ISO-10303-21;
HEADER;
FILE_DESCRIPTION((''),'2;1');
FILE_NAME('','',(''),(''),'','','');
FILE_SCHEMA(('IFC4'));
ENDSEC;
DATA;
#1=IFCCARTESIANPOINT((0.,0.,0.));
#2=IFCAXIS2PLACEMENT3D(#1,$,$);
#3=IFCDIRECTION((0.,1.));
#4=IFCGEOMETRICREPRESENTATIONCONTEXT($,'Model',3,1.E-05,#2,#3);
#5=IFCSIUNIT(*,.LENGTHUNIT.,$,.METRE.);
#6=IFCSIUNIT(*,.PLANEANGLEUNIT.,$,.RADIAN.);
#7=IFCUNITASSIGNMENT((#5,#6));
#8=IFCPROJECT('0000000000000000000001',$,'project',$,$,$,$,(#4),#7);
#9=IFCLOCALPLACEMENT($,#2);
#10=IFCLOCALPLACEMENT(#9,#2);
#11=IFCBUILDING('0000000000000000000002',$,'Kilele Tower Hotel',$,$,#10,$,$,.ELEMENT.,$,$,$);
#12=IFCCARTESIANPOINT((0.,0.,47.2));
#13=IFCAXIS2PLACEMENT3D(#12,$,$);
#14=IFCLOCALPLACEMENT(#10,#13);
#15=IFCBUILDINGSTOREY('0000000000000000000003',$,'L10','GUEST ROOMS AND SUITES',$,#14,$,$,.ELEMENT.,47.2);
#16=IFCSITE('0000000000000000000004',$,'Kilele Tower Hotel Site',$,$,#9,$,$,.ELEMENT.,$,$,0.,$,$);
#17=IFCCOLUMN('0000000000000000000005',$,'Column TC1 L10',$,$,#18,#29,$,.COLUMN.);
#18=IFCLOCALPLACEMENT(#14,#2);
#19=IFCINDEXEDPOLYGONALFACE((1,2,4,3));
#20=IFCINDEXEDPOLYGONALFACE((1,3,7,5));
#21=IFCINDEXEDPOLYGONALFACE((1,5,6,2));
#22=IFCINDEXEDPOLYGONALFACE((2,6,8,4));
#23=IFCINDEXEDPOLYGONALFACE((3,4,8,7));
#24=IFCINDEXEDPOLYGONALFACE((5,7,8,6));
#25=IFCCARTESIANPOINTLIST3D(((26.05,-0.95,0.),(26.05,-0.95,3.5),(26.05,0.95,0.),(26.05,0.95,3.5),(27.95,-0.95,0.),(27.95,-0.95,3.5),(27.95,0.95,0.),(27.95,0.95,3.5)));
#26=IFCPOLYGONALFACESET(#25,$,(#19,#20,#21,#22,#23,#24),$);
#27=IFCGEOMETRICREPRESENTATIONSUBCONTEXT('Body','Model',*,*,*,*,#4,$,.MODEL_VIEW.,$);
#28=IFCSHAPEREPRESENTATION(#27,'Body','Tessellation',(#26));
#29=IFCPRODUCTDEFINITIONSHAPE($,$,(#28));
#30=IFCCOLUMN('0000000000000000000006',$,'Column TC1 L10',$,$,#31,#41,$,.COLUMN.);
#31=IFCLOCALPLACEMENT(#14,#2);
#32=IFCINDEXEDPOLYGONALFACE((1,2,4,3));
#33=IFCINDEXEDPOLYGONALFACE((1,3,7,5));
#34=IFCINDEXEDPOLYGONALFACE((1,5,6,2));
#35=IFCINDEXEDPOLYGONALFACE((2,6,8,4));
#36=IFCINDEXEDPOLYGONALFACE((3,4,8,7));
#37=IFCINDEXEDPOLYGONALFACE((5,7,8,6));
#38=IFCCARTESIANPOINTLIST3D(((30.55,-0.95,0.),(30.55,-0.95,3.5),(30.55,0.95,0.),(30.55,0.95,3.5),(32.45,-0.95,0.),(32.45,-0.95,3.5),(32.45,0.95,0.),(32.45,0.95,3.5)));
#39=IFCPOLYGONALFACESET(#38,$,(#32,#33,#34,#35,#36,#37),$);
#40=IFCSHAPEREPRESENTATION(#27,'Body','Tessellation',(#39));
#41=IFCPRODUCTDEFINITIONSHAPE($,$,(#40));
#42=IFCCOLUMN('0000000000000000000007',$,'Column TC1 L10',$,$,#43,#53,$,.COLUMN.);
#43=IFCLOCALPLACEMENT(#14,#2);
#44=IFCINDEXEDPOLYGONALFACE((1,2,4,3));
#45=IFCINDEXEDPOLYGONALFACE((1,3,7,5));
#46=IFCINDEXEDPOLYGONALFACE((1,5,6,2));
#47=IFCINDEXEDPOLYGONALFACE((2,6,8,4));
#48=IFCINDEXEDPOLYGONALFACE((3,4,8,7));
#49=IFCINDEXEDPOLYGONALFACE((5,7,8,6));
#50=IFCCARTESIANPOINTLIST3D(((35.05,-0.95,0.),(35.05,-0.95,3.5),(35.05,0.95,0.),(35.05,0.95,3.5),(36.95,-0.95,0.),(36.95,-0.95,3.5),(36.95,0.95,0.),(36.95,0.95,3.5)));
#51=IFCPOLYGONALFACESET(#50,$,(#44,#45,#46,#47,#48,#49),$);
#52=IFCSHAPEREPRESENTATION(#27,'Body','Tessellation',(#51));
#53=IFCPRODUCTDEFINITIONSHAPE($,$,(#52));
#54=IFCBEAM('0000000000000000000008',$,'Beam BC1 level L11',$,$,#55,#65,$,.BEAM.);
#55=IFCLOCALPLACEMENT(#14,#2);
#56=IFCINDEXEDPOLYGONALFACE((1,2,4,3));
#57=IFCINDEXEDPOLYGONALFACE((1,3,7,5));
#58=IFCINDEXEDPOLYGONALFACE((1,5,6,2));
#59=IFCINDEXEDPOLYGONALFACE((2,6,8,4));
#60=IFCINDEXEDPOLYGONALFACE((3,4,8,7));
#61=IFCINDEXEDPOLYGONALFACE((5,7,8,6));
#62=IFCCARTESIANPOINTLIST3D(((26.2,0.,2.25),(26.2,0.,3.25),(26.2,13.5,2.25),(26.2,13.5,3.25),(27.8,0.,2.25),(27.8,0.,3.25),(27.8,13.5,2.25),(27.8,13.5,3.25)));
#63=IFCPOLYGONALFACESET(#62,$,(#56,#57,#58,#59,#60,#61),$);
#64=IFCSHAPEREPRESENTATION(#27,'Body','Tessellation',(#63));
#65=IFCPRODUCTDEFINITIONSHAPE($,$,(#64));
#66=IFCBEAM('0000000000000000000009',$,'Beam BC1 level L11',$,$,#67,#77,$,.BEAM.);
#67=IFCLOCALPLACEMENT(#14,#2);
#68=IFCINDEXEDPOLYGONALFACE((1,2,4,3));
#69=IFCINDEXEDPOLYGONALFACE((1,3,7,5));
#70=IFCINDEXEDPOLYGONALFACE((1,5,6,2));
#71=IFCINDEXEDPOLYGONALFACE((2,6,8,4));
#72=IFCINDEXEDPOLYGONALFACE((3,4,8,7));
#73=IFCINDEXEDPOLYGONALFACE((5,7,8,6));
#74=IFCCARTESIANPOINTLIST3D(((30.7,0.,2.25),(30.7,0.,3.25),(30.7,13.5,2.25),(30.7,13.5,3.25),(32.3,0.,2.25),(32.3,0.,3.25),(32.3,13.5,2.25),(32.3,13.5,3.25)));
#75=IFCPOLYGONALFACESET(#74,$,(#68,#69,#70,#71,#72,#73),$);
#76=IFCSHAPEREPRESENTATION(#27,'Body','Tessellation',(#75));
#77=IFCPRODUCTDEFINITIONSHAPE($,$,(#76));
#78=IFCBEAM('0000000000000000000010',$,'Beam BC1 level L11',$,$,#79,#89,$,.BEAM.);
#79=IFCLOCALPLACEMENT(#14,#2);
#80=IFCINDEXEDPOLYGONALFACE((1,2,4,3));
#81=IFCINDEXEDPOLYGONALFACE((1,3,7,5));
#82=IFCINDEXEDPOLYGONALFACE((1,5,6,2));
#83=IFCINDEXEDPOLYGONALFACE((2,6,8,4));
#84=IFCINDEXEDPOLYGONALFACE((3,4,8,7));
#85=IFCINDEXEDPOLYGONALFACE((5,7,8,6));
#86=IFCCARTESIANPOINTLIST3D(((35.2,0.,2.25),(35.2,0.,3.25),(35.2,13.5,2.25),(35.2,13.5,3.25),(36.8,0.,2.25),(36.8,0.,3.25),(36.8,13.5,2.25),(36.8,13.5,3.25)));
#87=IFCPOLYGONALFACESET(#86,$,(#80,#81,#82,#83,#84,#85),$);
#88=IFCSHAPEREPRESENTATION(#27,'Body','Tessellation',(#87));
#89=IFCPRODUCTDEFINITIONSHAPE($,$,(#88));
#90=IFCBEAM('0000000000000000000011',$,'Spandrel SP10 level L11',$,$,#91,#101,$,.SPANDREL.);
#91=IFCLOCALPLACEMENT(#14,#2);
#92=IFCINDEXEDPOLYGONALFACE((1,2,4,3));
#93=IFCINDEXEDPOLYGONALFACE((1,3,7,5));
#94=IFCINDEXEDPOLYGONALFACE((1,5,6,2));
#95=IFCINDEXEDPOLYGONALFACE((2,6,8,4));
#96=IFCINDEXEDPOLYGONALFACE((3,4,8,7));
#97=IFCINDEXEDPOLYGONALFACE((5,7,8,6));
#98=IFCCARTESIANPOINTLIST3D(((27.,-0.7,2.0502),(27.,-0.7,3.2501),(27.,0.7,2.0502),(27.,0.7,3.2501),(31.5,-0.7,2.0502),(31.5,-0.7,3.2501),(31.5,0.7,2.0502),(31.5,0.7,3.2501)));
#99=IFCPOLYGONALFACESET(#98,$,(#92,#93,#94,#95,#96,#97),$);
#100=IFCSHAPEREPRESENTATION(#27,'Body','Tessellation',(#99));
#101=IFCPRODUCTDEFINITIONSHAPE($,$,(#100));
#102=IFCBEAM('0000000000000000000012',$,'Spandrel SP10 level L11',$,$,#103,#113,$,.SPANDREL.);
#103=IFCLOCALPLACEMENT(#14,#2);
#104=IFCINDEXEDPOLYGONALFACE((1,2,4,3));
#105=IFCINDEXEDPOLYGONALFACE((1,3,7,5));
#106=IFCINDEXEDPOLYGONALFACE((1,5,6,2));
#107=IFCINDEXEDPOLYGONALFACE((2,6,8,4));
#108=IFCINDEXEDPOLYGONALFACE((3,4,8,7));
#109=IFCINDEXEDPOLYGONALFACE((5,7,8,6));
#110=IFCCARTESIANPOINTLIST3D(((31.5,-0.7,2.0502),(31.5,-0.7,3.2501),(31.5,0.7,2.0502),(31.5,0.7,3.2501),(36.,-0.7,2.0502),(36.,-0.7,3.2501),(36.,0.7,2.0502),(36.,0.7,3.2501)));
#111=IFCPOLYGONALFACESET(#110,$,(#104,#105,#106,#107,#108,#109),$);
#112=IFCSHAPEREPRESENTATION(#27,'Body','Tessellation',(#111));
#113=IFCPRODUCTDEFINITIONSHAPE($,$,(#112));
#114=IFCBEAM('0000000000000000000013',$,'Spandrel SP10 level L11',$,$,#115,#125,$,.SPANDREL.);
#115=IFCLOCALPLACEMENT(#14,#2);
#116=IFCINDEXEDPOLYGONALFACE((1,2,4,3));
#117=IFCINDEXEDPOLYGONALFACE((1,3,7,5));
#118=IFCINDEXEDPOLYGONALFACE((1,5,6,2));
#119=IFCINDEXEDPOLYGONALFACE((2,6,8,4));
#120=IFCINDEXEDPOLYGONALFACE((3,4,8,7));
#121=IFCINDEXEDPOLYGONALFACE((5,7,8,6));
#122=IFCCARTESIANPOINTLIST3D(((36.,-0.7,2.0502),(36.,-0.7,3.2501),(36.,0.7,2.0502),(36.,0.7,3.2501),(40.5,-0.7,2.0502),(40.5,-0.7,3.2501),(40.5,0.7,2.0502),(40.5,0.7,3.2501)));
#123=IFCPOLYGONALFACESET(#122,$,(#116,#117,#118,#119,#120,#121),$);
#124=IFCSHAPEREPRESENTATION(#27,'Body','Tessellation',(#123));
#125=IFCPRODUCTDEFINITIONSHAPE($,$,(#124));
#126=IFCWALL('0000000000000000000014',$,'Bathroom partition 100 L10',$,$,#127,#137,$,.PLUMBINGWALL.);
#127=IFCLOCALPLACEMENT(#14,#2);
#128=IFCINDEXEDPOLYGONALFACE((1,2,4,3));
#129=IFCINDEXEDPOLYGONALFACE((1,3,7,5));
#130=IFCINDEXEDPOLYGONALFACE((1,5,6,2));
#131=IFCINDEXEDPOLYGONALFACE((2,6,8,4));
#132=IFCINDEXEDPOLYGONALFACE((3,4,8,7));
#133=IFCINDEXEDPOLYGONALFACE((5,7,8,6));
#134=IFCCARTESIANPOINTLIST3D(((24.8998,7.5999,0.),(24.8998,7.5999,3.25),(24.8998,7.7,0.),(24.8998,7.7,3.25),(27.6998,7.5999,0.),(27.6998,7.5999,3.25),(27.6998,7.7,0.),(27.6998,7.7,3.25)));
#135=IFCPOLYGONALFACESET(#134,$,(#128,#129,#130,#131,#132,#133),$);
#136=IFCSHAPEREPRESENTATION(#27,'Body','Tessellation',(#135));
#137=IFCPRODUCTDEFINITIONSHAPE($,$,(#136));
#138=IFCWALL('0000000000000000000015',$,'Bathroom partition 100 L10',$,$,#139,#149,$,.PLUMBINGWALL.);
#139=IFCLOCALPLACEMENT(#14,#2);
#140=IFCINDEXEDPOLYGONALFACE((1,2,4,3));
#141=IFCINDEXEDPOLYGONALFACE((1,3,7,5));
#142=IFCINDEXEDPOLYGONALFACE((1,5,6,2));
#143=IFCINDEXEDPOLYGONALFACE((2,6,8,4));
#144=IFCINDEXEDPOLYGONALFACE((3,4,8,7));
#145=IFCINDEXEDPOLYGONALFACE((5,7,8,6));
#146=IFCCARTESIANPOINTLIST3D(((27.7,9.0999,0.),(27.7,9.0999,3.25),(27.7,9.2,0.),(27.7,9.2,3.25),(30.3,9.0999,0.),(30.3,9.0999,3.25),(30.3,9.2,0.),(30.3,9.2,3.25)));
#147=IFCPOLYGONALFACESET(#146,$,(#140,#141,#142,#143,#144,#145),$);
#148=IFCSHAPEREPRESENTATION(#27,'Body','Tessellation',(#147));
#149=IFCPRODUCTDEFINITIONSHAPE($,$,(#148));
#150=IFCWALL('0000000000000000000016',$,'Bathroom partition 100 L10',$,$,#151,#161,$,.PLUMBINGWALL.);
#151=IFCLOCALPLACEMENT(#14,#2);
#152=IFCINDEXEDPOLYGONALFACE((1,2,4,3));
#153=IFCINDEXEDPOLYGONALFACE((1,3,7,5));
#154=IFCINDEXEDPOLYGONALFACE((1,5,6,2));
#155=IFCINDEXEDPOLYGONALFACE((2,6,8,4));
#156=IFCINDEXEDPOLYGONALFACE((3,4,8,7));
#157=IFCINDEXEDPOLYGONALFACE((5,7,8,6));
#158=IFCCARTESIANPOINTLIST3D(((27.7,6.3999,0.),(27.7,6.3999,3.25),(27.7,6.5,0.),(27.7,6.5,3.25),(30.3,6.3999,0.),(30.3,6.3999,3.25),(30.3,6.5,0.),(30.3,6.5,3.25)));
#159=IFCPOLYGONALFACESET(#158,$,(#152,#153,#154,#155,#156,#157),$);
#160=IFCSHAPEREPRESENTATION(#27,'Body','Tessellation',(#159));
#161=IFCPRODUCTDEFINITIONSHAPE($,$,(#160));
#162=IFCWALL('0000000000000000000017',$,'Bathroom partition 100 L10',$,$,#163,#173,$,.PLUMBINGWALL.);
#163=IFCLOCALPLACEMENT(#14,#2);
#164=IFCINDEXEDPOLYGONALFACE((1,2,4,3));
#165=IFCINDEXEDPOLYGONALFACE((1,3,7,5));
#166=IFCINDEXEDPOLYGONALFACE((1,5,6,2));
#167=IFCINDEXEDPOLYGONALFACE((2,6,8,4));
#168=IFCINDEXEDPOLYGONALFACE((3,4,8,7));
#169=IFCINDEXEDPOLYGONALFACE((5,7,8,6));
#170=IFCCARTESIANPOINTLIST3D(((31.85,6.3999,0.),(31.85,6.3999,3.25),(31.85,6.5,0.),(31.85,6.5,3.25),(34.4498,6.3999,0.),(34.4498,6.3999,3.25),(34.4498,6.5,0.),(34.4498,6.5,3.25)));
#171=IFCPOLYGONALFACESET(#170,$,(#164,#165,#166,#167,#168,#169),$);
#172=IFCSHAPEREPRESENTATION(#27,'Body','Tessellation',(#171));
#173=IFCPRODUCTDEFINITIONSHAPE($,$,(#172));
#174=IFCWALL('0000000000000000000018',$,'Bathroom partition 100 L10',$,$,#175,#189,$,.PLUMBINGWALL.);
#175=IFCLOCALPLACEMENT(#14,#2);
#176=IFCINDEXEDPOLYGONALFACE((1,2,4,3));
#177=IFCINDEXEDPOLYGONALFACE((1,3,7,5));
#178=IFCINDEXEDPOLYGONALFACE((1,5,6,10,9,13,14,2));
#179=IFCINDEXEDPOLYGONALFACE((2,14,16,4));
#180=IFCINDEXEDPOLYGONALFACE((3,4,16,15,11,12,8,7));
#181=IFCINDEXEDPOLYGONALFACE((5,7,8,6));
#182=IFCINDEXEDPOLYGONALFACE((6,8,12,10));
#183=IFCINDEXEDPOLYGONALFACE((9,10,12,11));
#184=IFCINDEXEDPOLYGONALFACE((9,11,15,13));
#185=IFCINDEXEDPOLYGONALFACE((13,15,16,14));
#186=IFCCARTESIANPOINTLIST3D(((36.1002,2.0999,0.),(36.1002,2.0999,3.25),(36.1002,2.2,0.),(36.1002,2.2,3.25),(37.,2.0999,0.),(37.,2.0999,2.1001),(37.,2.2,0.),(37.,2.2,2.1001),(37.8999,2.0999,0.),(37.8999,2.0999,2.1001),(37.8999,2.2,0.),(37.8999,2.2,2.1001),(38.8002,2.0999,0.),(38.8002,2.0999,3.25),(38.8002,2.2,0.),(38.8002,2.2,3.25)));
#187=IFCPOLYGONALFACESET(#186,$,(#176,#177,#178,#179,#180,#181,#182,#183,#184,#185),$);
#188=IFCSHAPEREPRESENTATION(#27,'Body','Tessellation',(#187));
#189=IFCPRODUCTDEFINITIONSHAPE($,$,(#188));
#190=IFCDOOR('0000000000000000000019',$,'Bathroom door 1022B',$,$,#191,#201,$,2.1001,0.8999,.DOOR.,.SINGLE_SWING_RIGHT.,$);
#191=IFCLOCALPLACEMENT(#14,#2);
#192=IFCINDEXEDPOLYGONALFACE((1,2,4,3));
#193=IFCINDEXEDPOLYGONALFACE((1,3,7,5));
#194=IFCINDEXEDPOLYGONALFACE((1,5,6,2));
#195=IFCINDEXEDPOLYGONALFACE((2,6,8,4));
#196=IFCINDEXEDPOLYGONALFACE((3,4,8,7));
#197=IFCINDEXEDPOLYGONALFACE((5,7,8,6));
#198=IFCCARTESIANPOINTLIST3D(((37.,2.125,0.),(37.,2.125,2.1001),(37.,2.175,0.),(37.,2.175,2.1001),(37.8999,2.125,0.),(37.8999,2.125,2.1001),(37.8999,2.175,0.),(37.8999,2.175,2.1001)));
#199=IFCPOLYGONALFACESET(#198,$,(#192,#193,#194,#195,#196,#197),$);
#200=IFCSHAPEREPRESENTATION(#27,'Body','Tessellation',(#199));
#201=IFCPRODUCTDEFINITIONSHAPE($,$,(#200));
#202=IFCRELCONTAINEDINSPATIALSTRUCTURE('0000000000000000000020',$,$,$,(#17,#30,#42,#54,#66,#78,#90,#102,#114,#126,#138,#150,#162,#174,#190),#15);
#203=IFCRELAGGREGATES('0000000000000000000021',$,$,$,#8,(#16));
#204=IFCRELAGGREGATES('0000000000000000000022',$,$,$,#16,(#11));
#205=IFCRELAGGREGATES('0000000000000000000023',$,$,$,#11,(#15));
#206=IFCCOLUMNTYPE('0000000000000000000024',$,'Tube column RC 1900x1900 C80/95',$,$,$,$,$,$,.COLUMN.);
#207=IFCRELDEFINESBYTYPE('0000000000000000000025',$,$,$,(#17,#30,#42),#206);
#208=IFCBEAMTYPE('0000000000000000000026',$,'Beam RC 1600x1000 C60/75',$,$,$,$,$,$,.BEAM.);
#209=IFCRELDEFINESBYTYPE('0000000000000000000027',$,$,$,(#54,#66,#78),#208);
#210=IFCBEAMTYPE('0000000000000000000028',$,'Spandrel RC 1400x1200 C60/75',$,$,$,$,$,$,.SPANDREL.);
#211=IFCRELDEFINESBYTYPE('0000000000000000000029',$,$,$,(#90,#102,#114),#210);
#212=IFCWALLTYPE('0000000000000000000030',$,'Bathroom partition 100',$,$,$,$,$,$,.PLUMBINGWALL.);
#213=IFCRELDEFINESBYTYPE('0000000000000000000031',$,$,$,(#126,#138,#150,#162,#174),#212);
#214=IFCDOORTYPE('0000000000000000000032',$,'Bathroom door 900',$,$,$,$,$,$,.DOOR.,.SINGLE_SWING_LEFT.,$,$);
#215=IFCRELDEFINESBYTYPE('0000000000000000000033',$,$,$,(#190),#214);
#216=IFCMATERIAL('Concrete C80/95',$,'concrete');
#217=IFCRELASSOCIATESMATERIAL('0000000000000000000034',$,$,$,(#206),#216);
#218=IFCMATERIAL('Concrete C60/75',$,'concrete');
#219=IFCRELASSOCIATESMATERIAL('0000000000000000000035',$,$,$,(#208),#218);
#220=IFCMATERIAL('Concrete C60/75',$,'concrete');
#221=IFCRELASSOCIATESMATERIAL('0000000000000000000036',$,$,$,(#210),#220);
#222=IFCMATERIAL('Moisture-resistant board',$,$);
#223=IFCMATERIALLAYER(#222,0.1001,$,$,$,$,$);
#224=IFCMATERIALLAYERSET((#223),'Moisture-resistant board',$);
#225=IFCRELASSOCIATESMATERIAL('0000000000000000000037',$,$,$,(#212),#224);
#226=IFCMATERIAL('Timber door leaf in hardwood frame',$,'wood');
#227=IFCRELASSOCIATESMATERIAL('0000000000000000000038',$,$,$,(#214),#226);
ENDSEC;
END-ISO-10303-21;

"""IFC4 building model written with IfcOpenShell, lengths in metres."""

from ifc_helpers import new_model, si_unit, direction, frame, frame_2d, origin, origin_2d, place, context, subcontext, project, spatial, rectangle, extrude, material, layer, layer_set, material_profile, profile_set, type_object, element, fill, save


model = new_model("IFC4")

# Units and contexts
model_context = context("Model", 3, precision=1e-05, world=origin(), true_north=direction((0.0, 1.0)))
body_context = subcontext(model_context, "Body", "Model", "MODEL_VIEW")
ifc_project = project(units=[si_unit("LENGTHUNIT", "METRE"), si_unit("PLANEANGLEUNIT", "RADIAN")], contexts=[model_context])

# Site, building, storey
site_placement = place(None, origin())
site = spatial("IfcSite", under=ifc_project, at=site_placement, Name="Kilele Tower Hotel Site", CompositionType="ELEMENT", RefElevation=0.0)
building_placement = place(site_placement, origin())
building = spatial("IfcBuilding", under=site, at=building_placement, Name="Kilele Tower Hotel", CompositionType="ELEMENT")
storey_placement = place(building_placement, frame((0.0, 0.0, 47.2)))
storey = spatial("IfcBuildingStorey", under=building, at=storey_placement, Name="L10", Description="GUEST ROOMS AND SUITES", CompositionType="ELEMENT", Elevation=47.2)

# Columns
ifc_material_1 = material(Name="Concrete C80/95", Category="concrete")
ifc_material_profile_1 = material_profile(ifc_material_1, rectangle(XDim=1.8999, YDim=1.8999, at=origin_2d()))
ifc_profile_set_1 = profile_set([ifc_material_profile_1], Name="Concrete C80/95")
column_type = type_object("IfcColumnType", Name="Tube column RC 1900x1900 C80/95", PredefinedType="COLUMN", material=ifc_profile_set_1)
for number, where, z_axis, x_axis, name in (
    (1, (27.0, 0.0, 0.0), (0.0, 0.0, 1.0), (1.0, 0.0, 0.0), "Column TC1 L10"),
    (2, (31.5, 0.0, 0.0), (0.0, 0.0, 1.0), (1.0, 0.0, 0.0), "Column TC1 L10"),
    (3, (36.0, 0.0, 0.0), (0.0, 0.0, 1.0), (1.0, 0.0, 0.0), "Column TC1 L10"),
):
    element("IfcColumn", number, at=place(storey_placement, frame(where, z_axis=z_axis, x_axis=x_axis)), inside=storey, type_object=column_type, Name=name, PredefinedType="COLUMN", context=body_context, shape_type="SweptSolid", body=[
        extrude(rectangle(XDim=1.8999, YDim=1.8999, at=origin_2d()), origin(), (0.0, 0.0, 1.0), 3.5),
    ])

# Beams
ifc_material_2 = material(Name="Concrete C60/75", Category="concrete")
ifc_material_profile_2 = material_profile(ifc_material_2, rectangle(XDim=1.6001, YDim=1.0, at=origin_2d()))
ifc_profile_set_2 = profile_set([ifc_material_profile_2], Name="Concrete C60/75")
beam_type_1 = type_object("IfcBeamType", Name="Beam RC 1600x1000 C60/75", PredefinedType="BEAM", material=ifc_profile_set_2)
for number, where, z_axis, x_axis, name in (
    (4, (27.0, 0.0, 2.75), (0.0, 1.0, 0.0), (-1.0, 0.0, 0.0), "Beam BC1 level L11"),
    (5, (31.5, 0.0, 2.75), (0.0, 1.0, 0.0), (-1.0, 0.0, 0.0), "Beam BC1 level L11"),
    (6, (36.0, 0.0, 2.75), (0.0, 1.0, 0.0), (-1.0, 0.0, 0.0), "Beam BC1 level L11"),
):
    element("IfcBeam", number, at=place(storey_placement, frame(where, z_axis=z_axis, x_axis=x_axis)), inside=storey, type_object=beam_type_1, Name=name, PredefinedType="BEAM", context=body_context, shape_type="SweptSolid", body=[
        extrude(rectangle(XDim=1.6001, YDim=1.0, at=origin_2d()), origin(), (0.0, 0.0, 1.0), 13.5),
    ])
ifc_material_3 = material(Name="Concrete C60/75", Category="concrete")
ifc_material_profile_3 = material_profile(ifc_material_3, rectangle(XDim=1.3999, YDim=1.2, at=origin_2d()))
ifc_profile_set_3 = profile_set([ifc_material_profile_3], Name="Concrete C60/75")
beam_type_2 = type_object("IfcBeamType", Name="Spandrel RC 1400x1200 C60/75", PredefinedType="SPANDREL", material=ifc_profile_set_3)
for number, where, z_axis, x_axis, name in (
    (7, (27.0, 0.0, 2.6501), (1.0, 0.0, 0.0), (0.0, 1.0, 0.0), "Spandrel SP10 level L11"),
    (8, (31.5, 0.0, 2.6501), (1.0, 0.0, 0.0), (0.0, 1.0, 0.0), "Spandrel SP10 level L11"),
    (9, (36.0, 0.0, 2.6501), (1.0, 0.0, 0.0), (0.0, 1.0, 0.0), "Spandrel SP10 level L11"),
):
    element("IfcBeam", number, at=place(storey_placement, frame(where, z_axis=z_axis, x_axis=x_axis)), inside=storey, type_object=beam_type_2, Name=name, PredefinedType="SPANDREL", context=body_context, shape_type="SweptSolid", body=[
        extrude(rectangle(XDim=1.3999, YDim=1.2, at=origin_2d()), origin(), (0.0, 0.0, 1.0), 4.5),
    ])

# Walls
ifc_material_4 = material(Name="Moisture-resistant board")
ifc_layer_1 = layer(ifc_material_4, 0.1001)
ifc_layer_set_1 = layer_set([ifc_layer_1], Name="Moisture-resistant board")
wall_type_1 = type_object("IfcWallType", Name="Bathroom partition 100", PredefinedType="PLUMBINGWALL", material=ifc_layer_set_1)
wall_1_placement = place(storey_placement, frame((24.8999, 7.6499, 0.0), z_axis=(0.0, 0.0, 1.0), x_axis=(1.0, 0.0, 0.0)))
element("IfcWall", 10, at=wall_1_placement, inside=storey, type_object=wall_type_1, Name="Bathroom partition 100 L10", PredefinedType="PLUMBINGWALL", context=body_context, shape_type="SweptSolid", body=[
    extrude(rectangle(XDim=2.8, YDim=0.1001, at=frame_2d((1.3999, 0.0))), origin(), (0.0, 0.0, 1.0), 3.25),
])
for number, where, z_axis, x_axis, name in (
    (11, (27.7, 9.1499, 0.0), (0.0, 0.0, 1.0), (1.0, 0.0, 0.0), "Bathroom partition 100 L10"),
    (12, (27.7, 6.45, 0.0), (0.0, 0.0, 1.0), (1.0, 0.0, 0.0), "Bathroom partition 100 L10"),
):
    element("IfcWall", number, at=place(storey_placement, frame(where, z_axis=z_axis, x_axis=x_axis)), inside=storey, type_object=wall_type_1, Name=name, PredefinedType="PLUMBINGWALL", context=body_context, shape_type="SweptSolid", body=[
        extrude(rectangle(XDim=2.6001, YDim=0.1001, at=frame_2d((1.3, 0.0))), origin(), (0.0, 0.0, 1.0), 3.25),
    ])
wall_2_placement = place(storey_placement, frame((31.8501, 6.45, 0.0), z_axis=(0.0, 0.0, 1.0), x_axis=(1.0, 0.0, 0.0)))
element("IfcWall", 13, at=wall_2_placement, inside=storey, type_object=wall_type_1, Name="Bathroom partition 100 L10", PredefinedType="PLUMBINGWALL", context=body_context, shape_type="SweptSolid", body=[
    extrude(rectangle(XDim=2.5999, YDim=0.1001, at=frame_2d((1.2998, 0.0))), origin(), (0.0, 0.0, 1.0), 3.25),
])

# Wall, opening, door
wall_3_placement = place(storey_placement, frame((36.1001, 2.1499, 0.0), z_axis=(0.0, 0.0, 1.0), x_axis=(1.0, 0.0, 0.0)))
wall_3 = element("IfcWall", 14, at=wall_3_placement, inside=storey, type_object=wall_type_1, Name="Bathroom partition 100 L10", PredefinedType="PLUMBINGWALL", context=body_context, shape_type="SweptSolid", body=[
    extrude(rectangle(XDim=2.7, YDim=0.1001, at=frame_2d((1.3501, 0.0))), origin(), (0.0, 0.0, 1.0), 3.25),
])
opening_1_placement = place(wall_3_placement, frame((1.7998, 0.0, 0.0), z_axis=(0.0, 0.0, 1.0), x_axis=(-1.0, 0.0, 0.0)))
opening_1 = element("IfcOpeningElement", 15, at=opening_1_placement, cuts=wall_3, PredefinedType="OPENING", context=body_context, shape_type="SweptSolid", body=[
    extrude(rectangle(XDim=0.8999, YDim=2.1001, at=frame_2d((0.45, 1.05))), frame((0.0, 0.0601, 0.0), z_axis=(0.0, -1.0, 0.0), x_axis=(1.0, 0.0, 0.0)), (0.0, 0.0, 1.0), 0.1201),
])
ifc_material_5 = material(Name="Timber door leaf in hardwood frame", Category="wood")
door_type_1 = type_object("IfcDoorType", Name="Bathroom door 900", OperationType="SINGLE_SWING_LEFT", PredefinedType="DOOR", material=ifc_material_5)
door_1_placement = place(opening_1_placement, origin())
door_1 = element("IfcDoor", 16, at=door_1_placement, inside=storey, type_object=door_type_1, Name="Bathroom door 1022B", OperationType="SINGLE_SWING_RIGHT", OverallHeight=2.1001, OverallWidth=0.8999, PredefinedType="DOOR", context=body_context, shape_type="SweptSolid", body=[
    extrude(rectangle(XDim=0.8999, YDim=2.1001, at=frame_2d((0.45, 1.05))), frame((0.0, 0.0249, 0.0), z_axis=(0.0, -1.0, 0.0), x_axis=(1.0, 0.0, 0.0)), (0.0, 0.0, 1.0), 0.05),
])
fill(opening_1, door_1)

save(model, "model.ifc")
